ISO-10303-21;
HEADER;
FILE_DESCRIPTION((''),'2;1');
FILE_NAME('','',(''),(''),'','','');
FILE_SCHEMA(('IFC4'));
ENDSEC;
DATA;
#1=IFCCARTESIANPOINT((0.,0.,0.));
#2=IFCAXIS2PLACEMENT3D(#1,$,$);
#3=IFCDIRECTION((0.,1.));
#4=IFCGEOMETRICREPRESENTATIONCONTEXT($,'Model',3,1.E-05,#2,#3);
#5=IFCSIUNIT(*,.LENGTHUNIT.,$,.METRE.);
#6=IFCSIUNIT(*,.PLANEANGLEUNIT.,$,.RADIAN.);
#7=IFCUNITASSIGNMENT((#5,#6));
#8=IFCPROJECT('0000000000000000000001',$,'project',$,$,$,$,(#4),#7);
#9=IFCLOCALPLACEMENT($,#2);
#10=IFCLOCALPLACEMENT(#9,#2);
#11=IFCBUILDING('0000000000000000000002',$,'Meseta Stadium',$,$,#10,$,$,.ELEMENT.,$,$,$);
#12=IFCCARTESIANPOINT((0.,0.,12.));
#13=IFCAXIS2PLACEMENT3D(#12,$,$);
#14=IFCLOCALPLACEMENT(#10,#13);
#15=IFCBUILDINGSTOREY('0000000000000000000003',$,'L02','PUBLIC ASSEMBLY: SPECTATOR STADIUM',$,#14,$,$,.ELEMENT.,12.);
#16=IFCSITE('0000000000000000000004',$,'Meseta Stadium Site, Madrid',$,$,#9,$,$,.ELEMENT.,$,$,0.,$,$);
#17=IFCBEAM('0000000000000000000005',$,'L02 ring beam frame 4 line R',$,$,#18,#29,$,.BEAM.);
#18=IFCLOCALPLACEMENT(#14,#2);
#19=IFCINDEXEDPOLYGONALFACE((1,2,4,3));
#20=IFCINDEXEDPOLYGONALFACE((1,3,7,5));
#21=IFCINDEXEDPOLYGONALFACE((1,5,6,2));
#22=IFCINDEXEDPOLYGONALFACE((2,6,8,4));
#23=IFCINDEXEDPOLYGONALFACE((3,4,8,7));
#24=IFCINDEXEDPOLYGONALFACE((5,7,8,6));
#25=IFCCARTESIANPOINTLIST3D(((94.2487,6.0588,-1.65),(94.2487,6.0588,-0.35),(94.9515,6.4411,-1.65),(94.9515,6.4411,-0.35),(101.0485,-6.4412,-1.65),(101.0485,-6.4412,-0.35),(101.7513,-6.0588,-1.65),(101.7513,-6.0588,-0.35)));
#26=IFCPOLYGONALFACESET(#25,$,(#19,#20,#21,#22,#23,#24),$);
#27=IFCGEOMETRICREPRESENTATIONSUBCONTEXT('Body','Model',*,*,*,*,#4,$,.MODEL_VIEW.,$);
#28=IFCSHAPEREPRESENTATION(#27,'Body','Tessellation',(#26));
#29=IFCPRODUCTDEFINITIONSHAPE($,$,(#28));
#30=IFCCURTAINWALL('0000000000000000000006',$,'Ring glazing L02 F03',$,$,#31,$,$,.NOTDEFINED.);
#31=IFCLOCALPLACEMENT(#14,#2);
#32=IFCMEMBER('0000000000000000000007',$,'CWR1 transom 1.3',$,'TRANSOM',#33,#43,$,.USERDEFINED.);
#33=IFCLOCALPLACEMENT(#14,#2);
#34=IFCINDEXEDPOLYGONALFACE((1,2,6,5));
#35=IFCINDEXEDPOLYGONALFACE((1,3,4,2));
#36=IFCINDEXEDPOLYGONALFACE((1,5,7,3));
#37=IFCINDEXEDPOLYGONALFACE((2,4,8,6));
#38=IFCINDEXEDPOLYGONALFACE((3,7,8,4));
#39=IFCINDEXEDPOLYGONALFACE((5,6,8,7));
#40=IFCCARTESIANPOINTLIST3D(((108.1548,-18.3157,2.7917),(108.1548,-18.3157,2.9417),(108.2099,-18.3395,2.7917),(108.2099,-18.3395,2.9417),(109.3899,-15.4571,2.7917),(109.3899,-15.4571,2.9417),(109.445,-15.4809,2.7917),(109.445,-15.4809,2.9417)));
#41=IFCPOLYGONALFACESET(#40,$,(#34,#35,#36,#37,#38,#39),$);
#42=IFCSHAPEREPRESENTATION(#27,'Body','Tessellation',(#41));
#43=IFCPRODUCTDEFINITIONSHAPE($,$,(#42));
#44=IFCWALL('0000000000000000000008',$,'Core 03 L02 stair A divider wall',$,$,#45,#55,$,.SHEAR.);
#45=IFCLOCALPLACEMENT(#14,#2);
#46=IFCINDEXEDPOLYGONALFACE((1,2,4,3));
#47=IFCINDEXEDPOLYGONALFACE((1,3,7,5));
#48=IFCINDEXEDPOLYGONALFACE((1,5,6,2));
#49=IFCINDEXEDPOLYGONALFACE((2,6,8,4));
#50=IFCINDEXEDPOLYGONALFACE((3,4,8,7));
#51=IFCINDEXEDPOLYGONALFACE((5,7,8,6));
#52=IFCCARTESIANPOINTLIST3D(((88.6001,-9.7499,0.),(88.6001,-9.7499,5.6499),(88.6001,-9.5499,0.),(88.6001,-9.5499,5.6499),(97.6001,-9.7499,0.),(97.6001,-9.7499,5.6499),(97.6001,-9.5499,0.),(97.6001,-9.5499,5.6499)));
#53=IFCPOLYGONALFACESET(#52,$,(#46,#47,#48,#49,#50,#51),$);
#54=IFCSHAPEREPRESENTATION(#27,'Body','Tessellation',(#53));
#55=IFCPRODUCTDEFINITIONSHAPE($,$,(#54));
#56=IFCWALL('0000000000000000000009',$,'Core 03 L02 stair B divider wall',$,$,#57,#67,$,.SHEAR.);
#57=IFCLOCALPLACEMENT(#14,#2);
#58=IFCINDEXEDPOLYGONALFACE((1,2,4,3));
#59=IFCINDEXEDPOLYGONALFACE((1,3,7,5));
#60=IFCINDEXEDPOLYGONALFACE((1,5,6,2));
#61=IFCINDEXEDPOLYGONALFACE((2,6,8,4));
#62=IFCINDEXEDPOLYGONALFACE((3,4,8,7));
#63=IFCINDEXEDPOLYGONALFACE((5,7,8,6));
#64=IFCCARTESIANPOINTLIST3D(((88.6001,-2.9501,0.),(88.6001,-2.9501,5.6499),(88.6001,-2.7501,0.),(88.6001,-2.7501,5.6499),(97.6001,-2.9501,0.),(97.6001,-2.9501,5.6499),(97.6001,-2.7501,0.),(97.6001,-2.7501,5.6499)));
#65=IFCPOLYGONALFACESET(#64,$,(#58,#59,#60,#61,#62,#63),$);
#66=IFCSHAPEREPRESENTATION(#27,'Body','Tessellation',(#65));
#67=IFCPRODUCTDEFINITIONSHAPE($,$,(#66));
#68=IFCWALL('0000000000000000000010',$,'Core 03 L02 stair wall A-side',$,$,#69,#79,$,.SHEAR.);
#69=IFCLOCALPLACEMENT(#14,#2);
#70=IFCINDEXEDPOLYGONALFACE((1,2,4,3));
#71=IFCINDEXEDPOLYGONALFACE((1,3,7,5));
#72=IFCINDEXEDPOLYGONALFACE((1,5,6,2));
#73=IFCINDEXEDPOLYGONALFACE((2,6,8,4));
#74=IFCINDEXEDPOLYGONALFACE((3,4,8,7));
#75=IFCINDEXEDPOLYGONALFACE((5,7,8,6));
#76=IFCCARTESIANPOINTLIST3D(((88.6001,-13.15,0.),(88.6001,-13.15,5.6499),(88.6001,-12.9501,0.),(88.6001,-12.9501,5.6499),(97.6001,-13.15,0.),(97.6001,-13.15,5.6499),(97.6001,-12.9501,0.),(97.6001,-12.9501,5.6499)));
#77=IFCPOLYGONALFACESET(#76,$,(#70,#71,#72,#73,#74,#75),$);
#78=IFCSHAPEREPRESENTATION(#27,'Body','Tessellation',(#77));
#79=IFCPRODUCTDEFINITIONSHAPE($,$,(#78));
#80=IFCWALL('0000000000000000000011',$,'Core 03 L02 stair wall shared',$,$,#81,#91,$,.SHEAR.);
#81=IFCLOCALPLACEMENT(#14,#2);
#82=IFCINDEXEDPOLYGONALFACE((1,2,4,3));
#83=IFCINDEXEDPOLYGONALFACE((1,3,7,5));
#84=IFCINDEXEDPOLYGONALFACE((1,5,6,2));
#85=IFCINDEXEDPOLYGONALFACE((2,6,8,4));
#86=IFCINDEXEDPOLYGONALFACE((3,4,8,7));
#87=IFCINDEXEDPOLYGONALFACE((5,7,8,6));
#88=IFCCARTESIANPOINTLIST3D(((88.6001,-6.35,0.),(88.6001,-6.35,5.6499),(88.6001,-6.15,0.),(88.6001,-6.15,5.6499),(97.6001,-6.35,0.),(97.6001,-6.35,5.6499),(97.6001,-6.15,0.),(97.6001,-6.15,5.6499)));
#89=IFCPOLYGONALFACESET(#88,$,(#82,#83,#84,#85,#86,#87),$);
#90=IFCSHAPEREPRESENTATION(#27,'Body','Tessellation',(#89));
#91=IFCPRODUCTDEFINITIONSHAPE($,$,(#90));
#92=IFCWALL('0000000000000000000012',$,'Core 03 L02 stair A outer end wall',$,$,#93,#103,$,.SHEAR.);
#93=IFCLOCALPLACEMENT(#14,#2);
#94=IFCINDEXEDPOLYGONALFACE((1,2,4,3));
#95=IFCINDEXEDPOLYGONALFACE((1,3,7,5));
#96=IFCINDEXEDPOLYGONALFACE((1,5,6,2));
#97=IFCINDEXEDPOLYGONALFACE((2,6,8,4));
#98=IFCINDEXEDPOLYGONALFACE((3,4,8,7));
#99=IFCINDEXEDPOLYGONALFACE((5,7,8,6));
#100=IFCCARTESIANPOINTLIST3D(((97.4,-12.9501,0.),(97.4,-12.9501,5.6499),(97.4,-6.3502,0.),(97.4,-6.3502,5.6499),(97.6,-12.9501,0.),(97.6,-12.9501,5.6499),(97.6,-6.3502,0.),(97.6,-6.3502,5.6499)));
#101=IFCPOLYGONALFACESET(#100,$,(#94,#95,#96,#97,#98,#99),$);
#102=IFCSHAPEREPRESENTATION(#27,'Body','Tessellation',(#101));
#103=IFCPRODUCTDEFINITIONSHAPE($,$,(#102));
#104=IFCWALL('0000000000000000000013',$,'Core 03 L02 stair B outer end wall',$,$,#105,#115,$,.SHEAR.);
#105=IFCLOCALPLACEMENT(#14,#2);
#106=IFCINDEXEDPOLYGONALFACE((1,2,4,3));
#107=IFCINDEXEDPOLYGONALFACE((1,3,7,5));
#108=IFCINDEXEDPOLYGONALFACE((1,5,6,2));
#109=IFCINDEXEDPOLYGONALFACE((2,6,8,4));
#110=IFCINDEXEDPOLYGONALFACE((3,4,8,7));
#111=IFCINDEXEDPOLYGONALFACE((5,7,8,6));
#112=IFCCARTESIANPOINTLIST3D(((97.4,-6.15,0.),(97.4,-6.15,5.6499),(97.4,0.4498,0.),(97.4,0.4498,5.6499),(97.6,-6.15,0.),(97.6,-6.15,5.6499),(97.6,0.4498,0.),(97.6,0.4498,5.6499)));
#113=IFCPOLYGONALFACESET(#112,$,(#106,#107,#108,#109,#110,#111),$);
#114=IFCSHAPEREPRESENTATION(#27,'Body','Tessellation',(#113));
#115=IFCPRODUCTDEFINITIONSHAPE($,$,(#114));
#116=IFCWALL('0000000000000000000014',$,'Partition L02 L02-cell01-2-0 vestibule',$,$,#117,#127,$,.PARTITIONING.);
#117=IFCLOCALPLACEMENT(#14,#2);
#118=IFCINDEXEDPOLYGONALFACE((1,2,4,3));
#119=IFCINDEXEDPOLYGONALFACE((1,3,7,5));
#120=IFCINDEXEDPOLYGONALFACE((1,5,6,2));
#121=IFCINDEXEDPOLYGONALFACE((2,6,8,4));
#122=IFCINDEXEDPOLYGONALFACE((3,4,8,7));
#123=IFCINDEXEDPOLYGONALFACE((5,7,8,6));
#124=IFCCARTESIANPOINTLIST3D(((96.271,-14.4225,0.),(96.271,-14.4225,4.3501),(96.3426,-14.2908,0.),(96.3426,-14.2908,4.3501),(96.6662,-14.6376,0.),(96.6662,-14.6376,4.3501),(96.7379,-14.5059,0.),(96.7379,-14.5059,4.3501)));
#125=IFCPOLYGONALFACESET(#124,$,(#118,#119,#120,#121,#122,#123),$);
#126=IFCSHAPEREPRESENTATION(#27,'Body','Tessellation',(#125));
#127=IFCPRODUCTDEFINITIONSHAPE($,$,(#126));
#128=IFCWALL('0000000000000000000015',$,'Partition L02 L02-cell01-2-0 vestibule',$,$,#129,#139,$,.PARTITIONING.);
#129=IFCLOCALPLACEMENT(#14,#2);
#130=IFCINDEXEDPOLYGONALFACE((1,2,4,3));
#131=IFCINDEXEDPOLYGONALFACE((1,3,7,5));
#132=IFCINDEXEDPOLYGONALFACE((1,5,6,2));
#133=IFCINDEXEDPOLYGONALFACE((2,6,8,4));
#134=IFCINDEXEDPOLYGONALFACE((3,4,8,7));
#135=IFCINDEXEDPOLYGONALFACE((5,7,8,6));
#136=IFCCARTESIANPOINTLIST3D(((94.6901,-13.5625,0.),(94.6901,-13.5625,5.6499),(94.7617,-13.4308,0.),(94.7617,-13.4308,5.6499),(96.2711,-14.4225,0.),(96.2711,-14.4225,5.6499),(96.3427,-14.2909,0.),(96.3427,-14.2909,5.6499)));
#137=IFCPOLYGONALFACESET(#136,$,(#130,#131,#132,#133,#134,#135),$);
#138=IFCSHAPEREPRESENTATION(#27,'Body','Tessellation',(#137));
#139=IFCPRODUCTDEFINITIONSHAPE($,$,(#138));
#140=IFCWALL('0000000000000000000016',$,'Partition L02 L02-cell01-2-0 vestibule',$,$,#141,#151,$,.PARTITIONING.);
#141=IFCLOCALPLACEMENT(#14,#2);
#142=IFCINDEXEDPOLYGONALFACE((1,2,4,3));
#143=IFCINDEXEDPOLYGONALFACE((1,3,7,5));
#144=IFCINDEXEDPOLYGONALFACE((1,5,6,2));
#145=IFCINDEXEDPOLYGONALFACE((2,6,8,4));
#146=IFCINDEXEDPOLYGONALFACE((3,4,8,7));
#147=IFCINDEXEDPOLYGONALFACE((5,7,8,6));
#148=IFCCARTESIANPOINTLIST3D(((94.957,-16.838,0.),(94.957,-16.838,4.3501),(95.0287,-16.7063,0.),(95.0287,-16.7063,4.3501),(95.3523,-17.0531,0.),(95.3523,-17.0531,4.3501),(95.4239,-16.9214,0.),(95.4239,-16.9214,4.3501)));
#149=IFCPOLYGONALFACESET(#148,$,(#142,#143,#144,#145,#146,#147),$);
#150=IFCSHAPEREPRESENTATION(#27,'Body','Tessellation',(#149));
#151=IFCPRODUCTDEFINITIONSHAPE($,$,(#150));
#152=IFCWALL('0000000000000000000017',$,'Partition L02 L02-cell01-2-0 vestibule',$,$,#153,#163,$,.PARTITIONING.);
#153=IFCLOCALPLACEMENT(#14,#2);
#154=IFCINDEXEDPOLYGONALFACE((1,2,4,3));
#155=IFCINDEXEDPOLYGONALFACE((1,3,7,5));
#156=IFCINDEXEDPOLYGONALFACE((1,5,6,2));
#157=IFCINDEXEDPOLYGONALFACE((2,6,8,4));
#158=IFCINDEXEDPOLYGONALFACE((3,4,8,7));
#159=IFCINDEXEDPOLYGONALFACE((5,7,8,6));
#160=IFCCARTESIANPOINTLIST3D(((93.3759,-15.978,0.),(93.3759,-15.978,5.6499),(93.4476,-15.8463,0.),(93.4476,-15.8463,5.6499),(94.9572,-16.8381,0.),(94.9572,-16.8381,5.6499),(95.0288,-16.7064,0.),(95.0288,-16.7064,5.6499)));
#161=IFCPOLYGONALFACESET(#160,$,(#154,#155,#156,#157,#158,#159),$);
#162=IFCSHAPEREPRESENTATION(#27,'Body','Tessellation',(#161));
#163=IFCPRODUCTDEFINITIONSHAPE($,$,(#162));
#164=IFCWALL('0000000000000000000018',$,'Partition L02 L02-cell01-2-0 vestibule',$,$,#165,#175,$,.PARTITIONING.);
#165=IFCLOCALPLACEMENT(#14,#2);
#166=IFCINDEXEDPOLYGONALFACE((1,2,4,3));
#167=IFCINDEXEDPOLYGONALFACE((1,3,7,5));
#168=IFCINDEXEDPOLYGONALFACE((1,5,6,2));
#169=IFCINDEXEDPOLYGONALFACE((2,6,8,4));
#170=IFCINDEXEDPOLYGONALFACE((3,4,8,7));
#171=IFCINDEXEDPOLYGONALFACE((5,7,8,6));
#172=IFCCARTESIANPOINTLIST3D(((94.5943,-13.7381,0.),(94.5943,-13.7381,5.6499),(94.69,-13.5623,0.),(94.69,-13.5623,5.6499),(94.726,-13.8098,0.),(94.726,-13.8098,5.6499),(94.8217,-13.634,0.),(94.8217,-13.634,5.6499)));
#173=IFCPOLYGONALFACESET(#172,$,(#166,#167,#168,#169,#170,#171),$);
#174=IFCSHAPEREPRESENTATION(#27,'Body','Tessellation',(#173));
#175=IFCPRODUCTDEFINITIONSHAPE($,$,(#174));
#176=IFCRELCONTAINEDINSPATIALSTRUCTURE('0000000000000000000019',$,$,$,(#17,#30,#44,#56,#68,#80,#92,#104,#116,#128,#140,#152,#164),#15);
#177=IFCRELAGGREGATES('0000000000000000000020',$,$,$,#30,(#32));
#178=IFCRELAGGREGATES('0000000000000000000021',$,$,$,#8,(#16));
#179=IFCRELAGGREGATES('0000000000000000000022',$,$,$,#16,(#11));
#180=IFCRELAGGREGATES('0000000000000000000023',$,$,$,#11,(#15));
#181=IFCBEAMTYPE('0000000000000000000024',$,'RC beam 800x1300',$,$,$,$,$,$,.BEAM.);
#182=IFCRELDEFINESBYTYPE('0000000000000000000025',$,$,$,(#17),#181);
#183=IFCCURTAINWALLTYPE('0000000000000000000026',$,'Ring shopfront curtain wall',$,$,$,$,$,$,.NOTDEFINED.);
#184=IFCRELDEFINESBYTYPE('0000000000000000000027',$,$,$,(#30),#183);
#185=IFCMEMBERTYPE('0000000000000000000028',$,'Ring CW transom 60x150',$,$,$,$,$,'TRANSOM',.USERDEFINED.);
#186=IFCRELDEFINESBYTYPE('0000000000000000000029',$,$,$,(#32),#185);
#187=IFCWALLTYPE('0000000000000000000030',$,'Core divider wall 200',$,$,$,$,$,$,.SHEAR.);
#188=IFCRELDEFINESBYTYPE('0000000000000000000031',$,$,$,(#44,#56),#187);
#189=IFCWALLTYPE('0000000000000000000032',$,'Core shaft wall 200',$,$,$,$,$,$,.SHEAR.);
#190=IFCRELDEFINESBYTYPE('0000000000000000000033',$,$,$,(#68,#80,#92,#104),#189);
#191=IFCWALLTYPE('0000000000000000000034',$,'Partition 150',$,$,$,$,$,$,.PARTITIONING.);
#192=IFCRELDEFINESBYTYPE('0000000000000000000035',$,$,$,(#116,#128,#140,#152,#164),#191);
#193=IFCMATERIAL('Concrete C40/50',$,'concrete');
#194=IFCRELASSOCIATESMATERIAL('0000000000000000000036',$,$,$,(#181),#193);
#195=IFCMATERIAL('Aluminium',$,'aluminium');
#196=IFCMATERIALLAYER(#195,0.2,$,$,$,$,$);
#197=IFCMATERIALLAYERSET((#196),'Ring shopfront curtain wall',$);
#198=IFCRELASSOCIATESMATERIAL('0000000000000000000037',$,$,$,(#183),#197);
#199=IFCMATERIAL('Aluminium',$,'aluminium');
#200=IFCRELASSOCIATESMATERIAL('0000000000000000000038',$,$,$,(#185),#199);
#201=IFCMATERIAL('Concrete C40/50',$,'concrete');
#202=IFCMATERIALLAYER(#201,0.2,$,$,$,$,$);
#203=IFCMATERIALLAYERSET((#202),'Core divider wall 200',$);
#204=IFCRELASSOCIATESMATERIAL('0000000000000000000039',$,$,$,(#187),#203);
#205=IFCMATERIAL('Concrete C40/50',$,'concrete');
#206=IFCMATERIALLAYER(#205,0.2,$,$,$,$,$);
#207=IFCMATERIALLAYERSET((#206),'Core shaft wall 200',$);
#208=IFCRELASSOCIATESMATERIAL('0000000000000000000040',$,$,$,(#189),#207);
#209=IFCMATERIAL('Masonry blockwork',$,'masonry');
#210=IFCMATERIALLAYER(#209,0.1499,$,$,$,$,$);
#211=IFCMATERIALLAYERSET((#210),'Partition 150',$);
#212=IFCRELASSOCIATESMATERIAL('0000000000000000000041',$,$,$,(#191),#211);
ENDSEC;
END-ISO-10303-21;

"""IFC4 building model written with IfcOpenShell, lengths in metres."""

from ifc_helpers import new_model, si_unit, direction, frame, frame_2d, origin, origin_2d, place, context, subcontext, project, spatial, rectangle, extrude, material, layer, layer_set, material_profile, profile_set, type_object, element, aggregate, save


model = new_model("IFC4")

# Units and contexts
model_context = context("Model", 3, precision=1e-05, world=origin(), true_north=direction((0.0, 1.0)))
body_context = subcontext(model_context, "Body", "Model", "MODEL_VIEW")
ifc_project = project(units=[si_unit("LENGTHUNIT", "METRE"), si_unit("PLANEANGLEUNIT", "RADIAN")], contexts=[model_context])

# Site, building, storey
site_placement = place(None, origin())
site = spatial("IfcSite", under=ifc_project, at=site_placement, Name="Meseta Stadium Site, Madrid", CompositionType="ELEMENT", RefElevation=0.0)
building_placement = place(site_placement, origin())
building = spatial("IfcBuilding", under=site, at=building_placement, Name="Meseta Stadium", CompositionType="ELEMENT")
storey_placement = place(building_placement, frame((0.0, 0.0, 12.0)))
storey = spatial("IfcBuildingStorey", under=building, at=storey_placement, Name="L02", Description="PUBLIC ASSEMBLY: SPECTATOR STADIUM", CompositionType="ELEMENT", Elevation=12.0)

# Beam
ifc_material_1 = material(Name="Concrete C40/50", Category="concrete")
ifc_material_profile_1 = material_profile(ifc_material_1, rectangle(XDim=0.8, YDim=1.3, at=origin_2d()), Name="RC 800x1300")
ifc_profile_set_1 = profile_set([ifc_material_profile_1], Name="Concrete C40/50")
beam_type_1 = type_object("IfcBeamType", Name="RC beam 800x1300", PredefinedType="BEAM", material=ifc_profile_set_1)
beam_1_placement = place(storey_placement, frame((101.3999, -6.25, -1.0), z_axis=(-0.477856, 0.878438, 0.0), x_axis=(-0.878438, -0.477856, 0.0)))
element("IfcBeam", 1, at=beam_1_placement, inside=storey, type_object=beam_type_1, Name="L02 ring beam frame 4 line R", PredefinedType="BEAM", context=body_context, shape_type="SweptSolid", body=[
    extrude(rectangle(XDim=0.8, YDim=1.3, at=origin_2d()), origin(), (0.0, 0.0, 1.0), 14.2297),
])

# Curtain wall, member
ifc_material_2 = material(Name="Aluminium", Category="aluminium")
ifc_layer_1 = layer(ifc_material_2, 0.2)
ifc_layer_set_1 = layer_set([ifc_layer_1], Name="Ring shopfront curtain wall")
curtain_wall_type = type_object("IfcCurtainWallType", Name="Ring shopfront curtain wall", PredefinedType="NOTDEFINED", material=ifc_layer_set_1)
curtain_wall_placement = place(storey_placement, origin())
curtain_wall = element("IfcCurtainWall", 2, at=curtain_wall_placement, inside=storey, type_object=curtain_wall_type, Name="Ring glazing L02 F03", PredefinedType="NOTDEFINED")
ifc_material_3 = material(Name="Aluminium", Category="aluminium")
ifc_material_profile_2 = material_profile(ifc_material_3, rectangle(XDim=0.0601, YDim=0.1499, at=origin_2d()), Name="CW 60x150")
ifc_profile_set_2 = profile_set([ifc_material_profile_2], Name="Aluminium")
member_type = type_object("IfcMemberType", Name="Ring CW transom 60x150", ElementType="TRANSOM", PredefinedType="USERDEFINED", material=ifc_profile_set_2)
member_placement = place(storey_placement, frame((108.1824, -18.3276, 2.8667), z_axis=(0.396624, 0.917981, 0.0), x_axis=(-0.917981, 0.396624, 0.0)))
member = element("IfcMember", 3, at=member_placement, type_object=member_type, Name="CWR1 transom 1.3", ObjectType="TRANSOM", PredefinedType="USERDEFINED", context=body_context, shape_type="SweptSolid", body=[
    extrude(rectangle(XDim=0.0601, YDim=0.1499, at=origin_2d()), origin(), (0.0, 0.0, 1.0), 3.114),
])
aggregate(curtain_wall, [member])

# Walls
ifc_material_4 = material(Name="Concrete C40/50", Category="concrete")
ifc_layer_2 = layer(ifc_material_4, 0.2)
ifc_layer_set_2 = layer_set([ifc_layer_2], Name="Core divider wall 200")
wall_type_1 = type_object("IfcWallType", Name="Core divider wall 200", PredefinedType="SHEAR", material=ifc_layer_set_2)
for number, where, z_axis, x_axis, name in (
    (4, (97.6001, -9.6499, 0.0), (0.0, 0.0, 1.0), (-1.0, 0.0, 0.0), "Core 03 L02 stair A divider wall"),
    (5, (97.6001, -2.8501, 0.0), (0.0, 0.0, 1.0), (-1.0, 0.0, 0.0), "Core 03 L02 stair B divider wall"),
):
    element("IfcWall", number, at=place(storey_placement, frame(where, z_axis=z_axis, x_axis=x_axis)), inside=storey, type_object=wall_type_1, Name=name, PredefinedType="SHEAR", context=body_context, shape_type="SweptSolid", body=[
        extrude(rectangle(XDim=9.0, YDim=0.2, at=frame_2d((4.5, 0.0))), origin(), (0.0, 0.0, 1.0), 5.6499),
    ])
ifc_material_5 = material(Name="Concrete C40/50", Category="concrete")
ifc_layer_3 = layer(ifc_material_5, 0.2)
ifc_layer_set_3 = layer_set([ifc_layer_3], Name="Core shaft wall 200")
wall_type_2 = type_object("IfcWallType", Name="Core shaft wall 200", PredefinedType="SHEAR", material=ifc_layer_set_3)
for number, where, z_axis, x_axis, name in (
    (6, (97.6001, -13.05, 0.0), (0.0, 0.0, 1.0), (-1.0, 0.0, 0.0), "Core 03 L02 stair wall A-side"),
    (7, (97.6001, -6.25, 0.0), (0.0, 0.0, 1.0), (-1.0, 0.0, 0.0), "Core 03 L02 stair wall shared"),
):
    element("IfcWall", number, at=place(storey_placement, frame(where, z_axis=z_axis, x_axis=x_axis)), inside=storey, type_object=wall_type_2, Name=name, PredefinedType="SHEAR", context=body_context, shape_type="SweptSolid", body=[
        extrude(rectangle(XDim=9.0, YDim=0.2, at=frame_2d((4.5, 0.0))), origin(), (0.0, 0.0, 1.0), 5.6499),
    ])
for number, where, z_axis, x_axis, name in (
    (8, (97.5, -12.95, 0.0), (0.0, 0.0, 1.0), (0.0, 1.0, 0.0), "Core 03 L02 stair A outer end wall"),
    (9, (97.5, -6.1499, 0.0), (0.0, 0.0, 1.0), (0.0, 1.0, 0.0), "Core 03 L02 stair B outer end wall"),
):
    element("IfcWall", number, at=place(storey_placement, frame(where, z_axis=z_axis, x_axis=x_axis)), inside=storey, type_object=wall_type_2, Name=name, PredefinedType="SHEAR", context=body_context, shape_type="SweptSolid", body=[
        extrude(rectangle(XDim=6.5999, YDim=0.2, at=frame_2d((3.2998, 0.0))), origin(), (0.0, 0.0, 1.0), 5.6499),
    ])
ifc_material_6 = material(Name="Masonry blockwork", Category="masonry")
ifc_layer_4 = layer(ifc_material_6, 0.1499)
ifc_layer_set_4 = layer_set([ifc_layer_4], Name="Partition 150")
wall_type_3 = type_object("IfcWallType", Name="Partition 150", PredefinedType="PARTITIONING", material=ifc_layer_set_4)
wall_1_placement = place(storey_placement, frame((96.7021, -14.5718, 0.0), z_axis=(0.0, 0.0, 1.0), x_axis=(-0.878372, 0.477978, 0.0)))
element("IfcWall", 10, at=wall_1_placement, inside=storey, type_object=wall_type_3, Name="Partition L02 L02-cell01-2-0 vestibule", PredefinedType="PARTITIONING", context=body_context, shape_type="SweptSolid", body=[
    extrude(rectangle(XDim=0.45, YDim=0.1499, at=frame_2d((0.2251, 0.0))), origin(), (0.0, 0.0, 1.0), 4.3501),
])
wall_2_placement = place(storey_placement, frame((96.3069, -14.3567, 0.0), z_axis=(0.0, 0.0, 1.0), x_axis=(-0.878429, 0.477873, 0.0)))
element("IfcWall", 11, at=wall_2_placement, inside=storey, type_object=wall_type_3, Name="Partition L02 L02-cell01-2-0 vestibule", PredefinedType="PARTITIONING", context=body_context, shape_type="SweptSolid", body=[
    extrude(rectangle(XDim=1.7998, YDim=0.1499, at=frame_2d((0.8999, 0.0))), origin(), (0.0, 0.0, 1.0), 5.6499),
])
wall_3_placement = place(storey_placement, frame((95.3882, -16.9873, 0.0), z_axis=(0.0, 0.0, 1.0), x_axis=(-0.878372, 0.477978, 0.0)))
element("IfcWall", 12, at=wall_3_placement, inside=storey, type_object=wall_type_3, Name="Partition L02 L02-cell01-2-0 vestibule", PredefinedType="PARTITIONING", context=body_context, shape_type="SweptSolid", body=[
    extrude(rectangle(XDim=0.45, YDim=0.1499, at=frame_2d((0.2251, 0.0))), origin(), (0.0, 0.0, 1.0), 4.3501),
])
wall_4_placement = place(storey_placement, frame((94.9929, -16.7722, 0.0), z_axis=(0.0, 0.0, 1.0), x_axis=(-0.87846, 0.477816, 0.0)))
element("IfcWall", 13, at=wall_4_placement, inside=storey, type_object=wall_type_3, Name="Partition L02 L02-cell01-2-0 vestibule", PredefinedType="PARTITIONING", context=body_context, shape_type="SweptSolid", body=[
    extrude(rectangle(XDim=1.8, YDim=0.1499, at=frame_2d((0.8999, 0.0))), origin(), (0.0, 0.0, 1.0), 5.6499),
])
wall_5_placement = place(storey_placement, frame((94.7559, -13.5981, 0.0), z_axis=(0.0, 0.0, 1.0), x_axis=(-0.478168, -0.878268, 0.0)))
element("IfcWall", 14, at=wall_5_placement, inside=storey, type_object=wall_type_3, Name="Partition L02 L02-cell01-2-0 vestibule", PredefinedType="PARTITIONING", context=body_context, shape_type="SweptSolid", body=[
    extrude(rectangle(XDim=0.2002, YDim=0.1499, at=frame_2d((0.1001, 0.0))), origin(), (0.0, 0.0, 1.0), 5.6499),
])

save(model, "model.ifc")
